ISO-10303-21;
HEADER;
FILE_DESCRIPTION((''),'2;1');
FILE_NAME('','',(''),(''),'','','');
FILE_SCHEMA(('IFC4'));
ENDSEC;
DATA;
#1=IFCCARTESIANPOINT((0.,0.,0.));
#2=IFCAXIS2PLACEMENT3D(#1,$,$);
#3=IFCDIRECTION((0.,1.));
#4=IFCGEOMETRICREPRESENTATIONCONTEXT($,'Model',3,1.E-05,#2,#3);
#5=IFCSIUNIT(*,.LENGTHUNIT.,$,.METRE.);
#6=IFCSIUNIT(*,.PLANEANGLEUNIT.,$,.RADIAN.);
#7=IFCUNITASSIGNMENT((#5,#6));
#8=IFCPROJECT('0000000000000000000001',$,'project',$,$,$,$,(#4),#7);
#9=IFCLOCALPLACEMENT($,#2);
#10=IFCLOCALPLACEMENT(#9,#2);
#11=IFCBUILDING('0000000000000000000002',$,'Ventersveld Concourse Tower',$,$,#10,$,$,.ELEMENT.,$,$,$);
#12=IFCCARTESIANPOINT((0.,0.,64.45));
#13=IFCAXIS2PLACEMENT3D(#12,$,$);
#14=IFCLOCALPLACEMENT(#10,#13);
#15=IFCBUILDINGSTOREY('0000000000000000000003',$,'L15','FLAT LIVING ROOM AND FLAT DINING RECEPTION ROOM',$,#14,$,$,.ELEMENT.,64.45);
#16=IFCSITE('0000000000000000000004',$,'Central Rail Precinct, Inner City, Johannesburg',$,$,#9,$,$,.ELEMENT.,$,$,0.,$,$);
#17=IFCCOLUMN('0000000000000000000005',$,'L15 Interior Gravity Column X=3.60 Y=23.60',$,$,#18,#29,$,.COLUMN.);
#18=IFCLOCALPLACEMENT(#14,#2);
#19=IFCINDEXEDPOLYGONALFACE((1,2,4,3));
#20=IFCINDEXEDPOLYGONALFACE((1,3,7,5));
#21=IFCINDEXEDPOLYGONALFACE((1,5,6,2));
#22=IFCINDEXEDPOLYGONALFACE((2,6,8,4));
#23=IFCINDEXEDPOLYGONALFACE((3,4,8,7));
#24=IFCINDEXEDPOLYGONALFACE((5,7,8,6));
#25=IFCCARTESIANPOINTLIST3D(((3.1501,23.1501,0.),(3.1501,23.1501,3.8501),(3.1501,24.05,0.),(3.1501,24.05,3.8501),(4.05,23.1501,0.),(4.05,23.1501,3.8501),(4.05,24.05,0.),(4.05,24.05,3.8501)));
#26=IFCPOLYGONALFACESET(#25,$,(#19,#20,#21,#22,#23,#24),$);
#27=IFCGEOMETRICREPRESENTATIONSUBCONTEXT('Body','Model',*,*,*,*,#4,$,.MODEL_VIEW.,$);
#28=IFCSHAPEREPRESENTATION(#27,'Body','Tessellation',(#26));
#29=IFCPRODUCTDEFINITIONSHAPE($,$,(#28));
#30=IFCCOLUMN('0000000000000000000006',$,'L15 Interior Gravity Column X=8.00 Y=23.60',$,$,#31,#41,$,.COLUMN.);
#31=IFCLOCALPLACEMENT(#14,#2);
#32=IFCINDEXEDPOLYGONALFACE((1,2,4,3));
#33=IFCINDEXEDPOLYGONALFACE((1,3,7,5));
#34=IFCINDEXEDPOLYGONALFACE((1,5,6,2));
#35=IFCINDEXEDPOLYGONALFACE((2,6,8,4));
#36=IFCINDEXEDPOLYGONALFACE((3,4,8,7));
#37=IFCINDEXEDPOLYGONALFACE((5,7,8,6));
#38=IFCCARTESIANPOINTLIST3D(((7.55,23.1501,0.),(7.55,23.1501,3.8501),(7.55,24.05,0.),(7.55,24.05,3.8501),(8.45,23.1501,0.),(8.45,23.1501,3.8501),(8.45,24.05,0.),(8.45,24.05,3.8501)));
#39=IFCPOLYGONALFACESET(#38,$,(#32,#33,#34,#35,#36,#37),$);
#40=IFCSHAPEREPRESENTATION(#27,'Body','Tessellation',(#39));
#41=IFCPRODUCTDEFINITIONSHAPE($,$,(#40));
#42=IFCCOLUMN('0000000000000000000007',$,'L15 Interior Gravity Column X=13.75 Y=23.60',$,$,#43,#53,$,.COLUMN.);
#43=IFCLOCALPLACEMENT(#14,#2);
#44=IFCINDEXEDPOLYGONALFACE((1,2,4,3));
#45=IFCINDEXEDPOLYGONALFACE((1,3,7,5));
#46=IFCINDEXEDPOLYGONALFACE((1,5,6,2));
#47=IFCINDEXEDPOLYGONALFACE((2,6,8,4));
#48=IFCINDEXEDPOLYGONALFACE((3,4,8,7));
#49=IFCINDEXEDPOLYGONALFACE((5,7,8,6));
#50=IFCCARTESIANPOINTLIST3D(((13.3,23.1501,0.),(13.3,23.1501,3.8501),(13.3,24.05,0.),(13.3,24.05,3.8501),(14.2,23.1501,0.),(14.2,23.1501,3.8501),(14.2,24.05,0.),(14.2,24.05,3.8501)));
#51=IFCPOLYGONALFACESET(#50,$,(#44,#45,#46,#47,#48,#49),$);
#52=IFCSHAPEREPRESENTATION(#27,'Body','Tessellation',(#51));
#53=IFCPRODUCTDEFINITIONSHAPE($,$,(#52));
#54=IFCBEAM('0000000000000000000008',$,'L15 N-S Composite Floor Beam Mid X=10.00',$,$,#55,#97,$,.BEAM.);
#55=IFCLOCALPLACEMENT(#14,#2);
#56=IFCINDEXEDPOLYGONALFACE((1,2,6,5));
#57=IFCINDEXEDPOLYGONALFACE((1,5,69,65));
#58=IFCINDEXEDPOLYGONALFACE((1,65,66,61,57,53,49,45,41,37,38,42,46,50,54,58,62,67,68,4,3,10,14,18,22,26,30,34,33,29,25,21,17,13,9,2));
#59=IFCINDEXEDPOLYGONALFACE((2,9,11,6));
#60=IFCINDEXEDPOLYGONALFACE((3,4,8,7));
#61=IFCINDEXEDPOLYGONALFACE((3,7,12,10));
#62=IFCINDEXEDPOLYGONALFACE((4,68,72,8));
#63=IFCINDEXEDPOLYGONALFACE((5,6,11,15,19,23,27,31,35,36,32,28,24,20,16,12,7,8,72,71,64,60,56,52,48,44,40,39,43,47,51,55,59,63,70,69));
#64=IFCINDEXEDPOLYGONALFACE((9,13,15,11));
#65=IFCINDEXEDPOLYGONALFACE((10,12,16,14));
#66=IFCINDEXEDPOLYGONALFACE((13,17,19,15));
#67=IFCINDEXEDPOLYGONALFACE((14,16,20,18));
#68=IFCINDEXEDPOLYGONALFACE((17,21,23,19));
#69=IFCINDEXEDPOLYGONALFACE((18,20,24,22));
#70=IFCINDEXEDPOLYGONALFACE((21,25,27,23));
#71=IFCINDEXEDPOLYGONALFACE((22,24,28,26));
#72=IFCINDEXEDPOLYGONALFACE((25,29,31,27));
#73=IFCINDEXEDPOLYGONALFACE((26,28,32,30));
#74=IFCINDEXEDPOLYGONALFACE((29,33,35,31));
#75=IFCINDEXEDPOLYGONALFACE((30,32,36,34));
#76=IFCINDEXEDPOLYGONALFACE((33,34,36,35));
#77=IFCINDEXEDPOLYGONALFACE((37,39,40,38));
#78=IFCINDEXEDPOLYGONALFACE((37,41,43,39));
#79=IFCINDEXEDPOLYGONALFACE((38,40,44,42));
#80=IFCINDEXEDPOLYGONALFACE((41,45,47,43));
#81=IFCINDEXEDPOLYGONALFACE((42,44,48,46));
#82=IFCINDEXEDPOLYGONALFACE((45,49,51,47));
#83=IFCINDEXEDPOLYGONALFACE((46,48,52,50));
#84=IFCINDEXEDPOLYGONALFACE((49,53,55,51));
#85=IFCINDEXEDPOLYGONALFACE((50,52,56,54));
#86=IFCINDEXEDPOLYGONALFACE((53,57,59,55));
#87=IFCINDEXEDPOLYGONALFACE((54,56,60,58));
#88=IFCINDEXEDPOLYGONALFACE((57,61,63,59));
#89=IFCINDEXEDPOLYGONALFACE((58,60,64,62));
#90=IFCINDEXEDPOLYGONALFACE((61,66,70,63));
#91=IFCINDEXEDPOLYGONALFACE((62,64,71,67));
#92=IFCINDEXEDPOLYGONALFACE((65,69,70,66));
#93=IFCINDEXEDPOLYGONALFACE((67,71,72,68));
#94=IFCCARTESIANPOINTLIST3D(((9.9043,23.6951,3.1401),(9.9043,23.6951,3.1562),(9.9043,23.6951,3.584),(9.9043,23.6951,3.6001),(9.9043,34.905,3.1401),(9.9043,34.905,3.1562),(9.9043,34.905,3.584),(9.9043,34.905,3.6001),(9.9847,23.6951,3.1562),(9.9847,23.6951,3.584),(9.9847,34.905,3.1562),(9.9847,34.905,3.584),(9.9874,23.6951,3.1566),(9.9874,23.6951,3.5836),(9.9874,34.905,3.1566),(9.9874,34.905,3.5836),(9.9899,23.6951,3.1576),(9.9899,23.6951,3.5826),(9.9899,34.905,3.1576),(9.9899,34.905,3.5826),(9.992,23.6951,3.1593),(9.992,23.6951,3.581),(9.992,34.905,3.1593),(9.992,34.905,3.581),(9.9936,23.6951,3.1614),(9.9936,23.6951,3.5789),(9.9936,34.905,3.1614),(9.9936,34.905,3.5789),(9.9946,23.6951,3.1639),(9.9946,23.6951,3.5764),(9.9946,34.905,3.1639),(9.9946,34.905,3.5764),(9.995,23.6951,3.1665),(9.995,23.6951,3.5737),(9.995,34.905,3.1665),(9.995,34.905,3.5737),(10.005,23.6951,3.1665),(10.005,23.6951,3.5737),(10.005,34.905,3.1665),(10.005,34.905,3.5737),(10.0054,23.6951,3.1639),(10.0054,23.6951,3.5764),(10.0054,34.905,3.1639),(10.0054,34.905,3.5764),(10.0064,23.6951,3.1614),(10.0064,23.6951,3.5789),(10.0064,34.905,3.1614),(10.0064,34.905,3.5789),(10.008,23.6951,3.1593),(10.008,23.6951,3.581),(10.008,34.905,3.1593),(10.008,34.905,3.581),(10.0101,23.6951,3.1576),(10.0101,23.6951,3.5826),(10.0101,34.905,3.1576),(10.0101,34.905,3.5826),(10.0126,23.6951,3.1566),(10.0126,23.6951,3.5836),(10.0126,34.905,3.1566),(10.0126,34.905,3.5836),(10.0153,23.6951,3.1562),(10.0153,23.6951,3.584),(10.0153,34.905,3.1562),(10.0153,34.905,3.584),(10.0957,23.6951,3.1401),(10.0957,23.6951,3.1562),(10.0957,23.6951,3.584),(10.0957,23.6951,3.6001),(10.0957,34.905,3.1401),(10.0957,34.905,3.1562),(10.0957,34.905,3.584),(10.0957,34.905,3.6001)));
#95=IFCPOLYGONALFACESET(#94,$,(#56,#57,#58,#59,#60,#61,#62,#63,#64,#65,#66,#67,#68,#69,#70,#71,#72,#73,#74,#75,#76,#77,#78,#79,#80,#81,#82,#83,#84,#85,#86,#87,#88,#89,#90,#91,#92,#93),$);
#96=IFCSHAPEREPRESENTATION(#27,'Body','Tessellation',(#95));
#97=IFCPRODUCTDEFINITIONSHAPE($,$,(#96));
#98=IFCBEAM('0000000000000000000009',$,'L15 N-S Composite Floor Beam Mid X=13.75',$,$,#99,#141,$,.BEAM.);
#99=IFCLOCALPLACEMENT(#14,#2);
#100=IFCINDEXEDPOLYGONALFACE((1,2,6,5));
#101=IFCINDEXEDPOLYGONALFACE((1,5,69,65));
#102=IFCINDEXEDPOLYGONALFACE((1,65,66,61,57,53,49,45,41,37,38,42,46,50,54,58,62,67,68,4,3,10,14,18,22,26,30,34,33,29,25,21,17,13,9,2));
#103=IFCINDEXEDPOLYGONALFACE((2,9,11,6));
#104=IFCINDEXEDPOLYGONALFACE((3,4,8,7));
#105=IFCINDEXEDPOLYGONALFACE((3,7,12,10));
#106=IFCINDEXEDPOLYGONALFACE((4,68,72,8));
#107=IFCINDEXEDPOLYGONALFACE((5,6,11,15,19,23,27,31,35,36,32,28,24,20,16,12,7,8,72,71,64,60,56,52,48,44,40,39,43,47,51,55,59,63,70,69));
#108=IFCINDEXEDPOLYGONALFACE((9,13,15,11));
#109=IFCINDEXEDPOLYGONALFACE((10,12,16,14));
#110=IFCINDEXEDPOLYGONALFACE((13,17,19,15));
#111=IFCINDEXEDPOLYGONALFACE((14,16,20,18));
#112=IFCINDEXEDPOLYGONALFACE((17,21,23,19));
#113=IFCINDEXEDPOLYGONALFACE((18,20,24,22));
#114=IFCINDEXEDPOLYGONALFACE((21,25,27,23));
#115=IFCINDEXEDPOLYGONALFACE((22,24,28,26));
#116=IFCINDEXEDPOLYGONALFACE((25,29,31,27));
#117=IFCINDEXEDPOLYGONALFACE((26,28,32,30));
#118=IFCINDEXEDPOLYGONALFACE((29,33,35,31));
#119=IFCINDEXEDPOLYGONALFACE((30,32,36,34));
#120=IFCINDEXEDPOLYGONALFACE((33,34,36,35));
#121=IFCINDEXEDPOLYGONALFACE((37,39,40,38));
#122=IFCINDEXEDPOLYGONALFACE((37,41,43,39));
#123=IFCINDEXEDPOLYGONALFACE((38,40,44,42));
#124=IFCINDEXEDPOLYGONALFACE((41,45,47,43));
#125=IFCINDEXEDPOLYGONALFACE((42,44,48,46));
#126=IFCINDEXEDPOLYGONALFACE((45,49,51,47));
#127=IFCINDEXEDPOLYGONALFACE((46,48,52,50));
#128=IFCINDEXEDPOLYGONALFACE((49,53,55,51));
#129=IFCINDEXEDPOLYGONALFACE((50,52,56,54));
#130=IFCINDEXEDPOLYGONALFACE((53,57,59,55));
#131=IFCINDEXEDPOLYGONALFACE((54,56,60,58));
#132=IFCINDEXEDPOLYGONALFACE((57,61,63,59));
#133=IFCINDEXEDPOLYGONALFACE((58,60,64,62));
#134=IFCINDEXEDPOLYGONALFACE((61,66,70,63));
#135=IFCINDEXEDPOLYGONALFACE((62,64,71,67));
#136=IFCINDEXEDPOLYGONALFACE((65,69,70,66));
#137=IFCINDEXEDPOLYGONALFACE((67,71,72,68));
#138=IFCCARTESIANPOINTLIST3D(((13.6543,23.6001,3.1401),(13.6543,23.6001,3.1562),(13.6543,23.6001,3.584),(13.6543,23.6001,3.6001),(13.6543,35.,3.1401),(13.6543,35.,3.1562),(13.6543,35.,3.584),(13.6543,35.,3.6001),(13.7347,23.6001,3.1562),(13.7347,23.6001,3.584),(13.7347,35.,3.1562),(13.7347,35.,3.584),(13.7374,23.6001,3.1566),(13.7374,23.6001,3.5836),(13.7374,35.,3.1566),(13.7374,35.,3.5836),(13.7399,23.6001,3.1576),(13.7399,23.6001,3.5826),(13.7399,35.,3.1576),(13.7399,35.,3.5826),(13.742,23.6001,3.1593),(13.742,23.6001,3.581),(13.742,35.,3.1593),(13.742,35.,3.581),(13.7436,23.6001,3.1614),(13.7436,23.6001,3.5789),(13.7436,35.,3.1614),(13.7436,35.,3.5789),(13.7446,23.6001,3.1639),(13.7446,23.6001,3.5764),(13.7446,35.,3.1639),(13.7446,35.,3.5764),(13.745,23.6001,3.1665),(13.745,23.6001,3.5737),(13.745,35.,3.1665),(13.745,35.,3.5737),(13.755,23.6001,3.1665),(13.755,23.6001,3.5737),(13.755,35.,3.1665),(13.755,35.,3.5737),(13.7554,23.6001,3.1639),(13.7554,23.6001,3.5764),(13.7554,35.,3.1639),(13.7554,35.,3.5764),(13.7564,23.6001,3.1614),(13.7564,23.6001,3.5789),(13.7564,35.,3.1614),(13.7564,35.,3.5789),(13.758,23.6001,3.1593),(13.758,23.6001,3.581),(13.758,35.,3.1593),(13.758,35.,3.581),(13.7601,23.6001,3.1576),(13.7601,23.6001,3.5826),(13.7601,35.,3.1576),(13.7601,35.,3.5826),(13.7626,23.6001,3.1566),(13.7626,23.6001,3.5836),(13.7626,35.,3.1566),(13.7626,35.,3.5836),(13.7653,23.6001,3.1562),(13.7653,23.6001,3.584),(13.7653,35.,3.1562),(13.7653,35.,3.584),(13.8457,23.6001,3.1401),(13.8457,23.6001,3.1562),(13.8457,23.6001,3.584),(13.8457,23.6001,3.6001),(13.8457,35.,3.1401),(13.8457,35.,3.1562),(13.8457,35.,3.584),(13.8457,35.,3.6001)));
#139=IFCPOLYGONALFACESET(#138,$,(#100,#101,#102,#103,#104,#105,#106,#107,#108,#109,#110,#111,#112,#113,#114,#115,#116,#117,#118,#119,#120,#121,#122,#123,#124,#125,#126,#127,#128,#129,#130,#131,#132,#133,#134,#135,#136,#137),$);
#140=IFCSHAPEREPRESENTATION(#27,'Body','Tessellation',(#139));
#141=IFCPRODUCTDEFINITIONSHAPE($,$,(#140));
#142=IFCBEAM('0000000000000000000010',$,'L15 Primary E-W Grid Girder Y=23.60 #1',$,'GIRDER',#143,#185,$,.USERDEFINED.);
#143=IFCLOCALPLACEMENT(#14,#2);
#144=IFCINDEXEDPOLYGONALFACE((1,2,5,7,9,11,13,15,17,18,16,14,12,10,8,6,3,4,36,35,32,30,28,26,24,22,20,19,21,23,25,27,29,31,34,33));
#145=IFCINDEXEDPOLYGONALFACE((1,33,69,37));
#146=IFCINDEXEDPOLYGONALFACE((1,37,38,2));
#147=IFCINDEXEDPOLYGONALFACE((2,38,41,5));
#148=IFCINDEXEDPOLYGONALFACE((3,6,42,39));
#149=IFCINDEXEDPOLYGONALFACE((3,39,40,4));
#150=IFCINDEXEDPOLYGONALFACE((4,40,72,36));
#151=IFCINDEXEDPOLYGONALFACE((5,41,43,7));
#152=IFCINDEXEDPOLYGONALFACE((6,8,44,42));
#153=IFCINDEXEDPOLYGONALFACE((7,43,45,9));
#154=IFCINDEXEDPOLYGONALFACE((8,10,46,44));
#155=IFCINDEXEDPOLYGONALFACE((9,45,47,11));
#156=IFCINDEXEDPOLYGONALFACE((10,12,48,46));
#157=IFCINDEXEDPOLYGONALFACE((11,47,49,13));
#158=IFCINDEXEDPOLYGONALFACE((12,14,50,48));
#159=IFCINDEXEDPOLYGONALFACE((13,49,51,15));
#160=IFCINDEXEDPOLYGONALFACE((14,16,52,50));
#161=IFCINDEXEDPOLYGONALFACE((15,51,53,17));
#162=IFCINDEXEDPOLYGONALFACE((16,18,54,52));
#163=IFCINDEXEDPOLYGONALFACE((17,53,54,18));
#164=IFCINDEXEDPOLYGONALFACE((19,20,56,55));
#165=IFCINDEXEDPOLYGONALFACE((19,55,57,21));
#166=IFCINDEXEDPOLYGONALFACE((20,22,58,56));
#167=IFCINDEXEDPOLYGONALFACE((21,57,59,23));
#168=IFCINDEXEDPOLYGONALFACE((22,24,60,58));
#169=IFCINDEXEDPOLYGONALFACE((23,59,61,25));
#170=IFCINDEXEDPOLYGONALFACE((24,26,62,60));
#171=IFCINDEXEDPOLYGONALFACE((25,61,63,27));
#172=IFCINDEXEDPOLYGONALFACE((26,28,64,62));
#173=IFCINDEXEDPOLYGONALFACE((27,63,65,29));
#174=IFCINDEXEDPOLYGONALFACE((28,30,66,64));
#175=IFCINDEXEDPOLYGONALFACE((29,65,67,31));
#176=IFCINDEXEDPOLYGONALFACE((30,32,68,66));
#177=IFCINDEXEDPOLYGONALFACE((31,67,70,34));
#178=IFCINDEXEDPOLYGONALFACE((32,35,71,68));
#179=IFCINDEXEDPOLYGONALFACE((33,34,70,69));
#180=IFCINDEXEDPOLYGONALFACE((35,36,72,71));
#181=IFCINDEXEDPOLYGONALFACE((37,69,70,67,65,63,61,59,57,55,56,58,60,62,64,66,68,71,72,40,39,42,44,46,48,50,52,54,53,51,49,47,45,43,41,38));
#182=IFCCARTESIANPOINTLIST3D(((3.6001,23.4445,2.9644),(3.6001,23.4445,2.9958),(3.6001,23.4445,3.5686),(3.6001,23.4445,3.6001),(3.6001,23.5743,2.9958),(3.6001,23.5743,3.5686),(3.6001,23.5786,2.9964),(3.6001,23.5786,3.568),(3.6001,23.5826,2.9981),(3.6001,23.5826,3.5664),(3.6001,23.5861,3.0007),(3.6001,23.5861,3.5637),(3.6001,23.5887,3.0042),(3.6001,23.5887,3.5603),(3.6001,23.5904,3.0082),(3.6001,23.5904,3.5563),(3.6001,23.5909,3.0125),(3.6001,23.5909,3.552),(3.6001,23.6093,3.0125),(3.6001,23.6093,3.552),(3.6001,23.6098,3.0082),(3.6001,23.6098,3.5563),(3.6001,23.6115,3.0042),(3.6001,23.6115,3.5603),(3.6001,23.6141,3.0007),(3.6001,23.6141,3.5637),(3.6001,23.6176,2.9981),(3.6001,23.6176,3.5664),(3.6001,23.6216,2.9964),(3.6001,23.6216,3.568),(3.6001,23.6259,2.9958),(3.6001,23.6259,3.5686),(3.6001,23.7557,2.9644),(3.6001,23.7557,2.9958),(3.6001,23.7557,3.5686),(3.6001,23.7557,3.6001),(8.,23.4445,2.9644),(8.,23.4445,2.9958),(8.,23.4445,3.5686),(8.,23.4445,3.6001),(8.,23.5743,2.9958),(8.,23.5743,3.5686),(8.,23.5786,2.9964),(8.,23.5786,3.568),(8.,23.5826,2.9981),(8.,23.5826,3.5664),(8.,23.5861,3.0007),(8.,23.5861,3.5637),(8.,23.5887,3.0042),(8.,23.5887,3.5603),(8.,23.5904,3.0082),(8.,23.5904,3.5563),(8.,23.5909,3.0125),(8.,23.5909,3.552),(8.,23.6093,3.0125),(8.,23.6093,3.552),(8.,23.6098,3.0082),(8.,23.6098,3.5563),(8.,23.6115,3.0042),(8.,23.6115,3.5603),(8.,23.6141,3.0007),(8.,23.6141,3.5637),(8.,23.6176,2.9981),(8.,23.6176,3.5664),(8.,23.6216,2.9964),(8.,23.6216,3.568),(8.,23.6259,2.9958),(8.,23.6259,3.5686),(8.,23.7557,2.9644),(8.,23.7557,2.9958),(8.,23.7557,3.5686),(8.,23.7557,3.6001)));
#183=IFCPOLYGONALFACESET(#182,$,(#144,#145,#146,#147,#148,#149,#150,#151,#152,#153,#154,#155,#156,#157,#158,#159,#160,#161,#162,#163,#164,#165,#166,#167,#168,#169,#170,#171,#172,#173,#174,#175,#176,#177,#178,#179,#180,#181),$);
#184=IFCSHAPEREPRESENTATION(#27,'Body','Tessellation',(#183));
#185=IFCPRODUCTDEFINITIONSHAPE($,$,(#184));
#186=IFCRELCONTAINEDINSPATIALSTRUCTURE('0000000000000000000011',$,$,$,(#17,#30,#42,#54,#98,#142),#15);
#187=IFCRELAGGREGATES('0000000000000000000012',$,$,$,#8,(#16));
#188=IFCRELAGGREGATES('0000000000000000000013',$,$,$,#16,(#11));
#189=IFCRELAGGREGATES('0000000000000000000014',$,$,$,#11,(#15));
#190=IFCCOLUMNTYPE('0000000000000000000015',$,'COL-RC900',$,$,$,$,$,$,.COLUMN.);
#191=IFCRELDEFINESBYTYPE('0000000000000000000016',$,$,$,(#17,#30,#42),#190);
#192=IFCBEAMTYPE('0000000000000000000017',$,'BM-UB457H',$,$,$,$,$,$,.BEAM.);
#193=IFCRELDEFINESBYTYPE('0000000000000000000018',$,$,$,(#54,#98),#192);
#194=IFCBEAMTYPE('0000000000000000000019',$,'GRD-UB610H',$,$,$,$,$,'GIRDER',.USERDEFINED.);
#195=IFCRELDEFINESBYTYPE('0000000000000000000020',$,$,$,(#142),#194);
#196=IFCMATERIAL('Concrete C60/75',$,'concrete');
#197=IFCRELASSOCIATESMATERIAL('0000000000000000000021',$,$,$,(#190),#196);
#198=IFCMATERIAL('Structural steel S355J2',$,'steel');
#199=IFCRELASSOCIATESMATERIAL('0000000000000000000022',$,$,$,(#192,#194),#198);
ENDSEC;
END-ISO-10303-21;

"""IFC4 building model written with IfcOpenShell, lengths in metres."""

from ifc_helpers import new_model, si_unit, direction, frame, origin, origin_2d, place, context, subcontext, project, spatial, rectangle, i_section, extrude, material, material_profile, profile_set, type_object, element, save


model = new_model("IFC4")

# Units and contexts
model_context = context("Model", 3, precision=1e-05, world=origin(), true_north=direction((0.0, 1.0)))
body_context = subcontext(model_context, "Body", "Model", "MODEL_VIEW")
ifc_project = project(units=[si_unit("LENGTHUNIT", "METRE"), si_unit("PLANEANGLEUNIT", "RADIAN")], contexts=[model_context])

# Site, building, storey
site_placement = place(None, origin())
site = spatial("IfcSite", under=ifc_project, at=site_placement, Name="Central Rail Precinct, Inner City, Johannesburg", CompositionType="ELEMENT", RefElevation=0.0)
building_placement = place(site_placement, origin())
building = spatial("IfcBuilding", under=site, at=building_placement, Name="Ventersveld Concourse Tower", CompositionType="ELEMENT")
storey_placement = place(building_placement, frame((0.0, 0.0, 64.45)))
storey = spatial("IfcBuildingStorey", under=building, at=storey_placement, Name="L15", Description="FLAT LIVING ROOM AND FLAT DINING RECEPTION ROOM", CompositionType="ELEMENT", Elevation=64.45)

# Columns
ifc_material_1 = material(Name="Concrete C60/75", Category="concrete")
ifc_material_profile_1 = material_profile(ifc_material_1, rectangle(XDim=0.8999, YDim=0.8999, at=origin_2d()), Name="RC 900x900")
ifc_profile_set_1 = profile_set([ifc_material_profile_1], Name="Concrete C60/75")
column_type = type_object("IfcColumnType", Name="COL-RC900", PredefinedType="COLUMN", material=ifc_profile_set_1)
for number, where, z_axis, x_axis, name in (
    (1, (3.6001, 23.6001, 0.0), (0.0, 0.0, 1.0), (1.0, 0.0, 0.0), "L15 Interior Gravity Column X=3.60 Y=23.60"),
    (2, (8.0, 23.6001, 0.0), (0.0, 0.0, 1.0), (1.0, 0.0, 0.0), "L15 Interior Gravity Column X=8.00 Y=23.60"),
    (3, (13.75, 23.6001, 0.0), (0.0, 0.0, 1.0), (1.0, 0.0, 0.0), "L15 Interior Gravity Column X=13.75 Y=23.60"),
):
    element("IfcColumn", number, at=place(storey_placement, frame(where, z_axis=z_axis, x_axis=x_axis)), inside=storey, type_object=column_type, Name=name, PredefinedType="COLUMN", context=body_context, shape_type="SweptSolid", body=[
        extrude(rectangle(XDim=0.8999, YDim=0.8999, at=origin_2d()), origin(), (0.0, 0.0, 1.0), 3.8501),
    ])

# Beams
ifc_material_2 = material(Name="Structural steel S355J2", Category="steel")
ifc_material_profile_2 = material_profile(ifc_material_2, i_section(OverallWidth=0.1914, OverallDepth=0.46, WebThickness=0.01, FlangeThickness=0.0161, FilletRadius=0.0103, at=origin_2d()), Name="UB 457x191x82")
ifc_profile_set_2 = profile_set([ifc_material_profile_2], Name="Structural steel S355J2")
beam_type_1 = type_object("IfcBeamType", Name="BM-UB457H", PredefinedType="BEAM", material=ifc_profile_set_2)
beam_1_placement = place(storey_placement, frame((10.0, 23.6951, 3.3701), z_axis=(0.0, 1.0, 0.0), x_axis=(-1.0, 0.0, 0.0)))
element("IfcBeam", 4, at=beam_1_placement, inside=storey, type_object=beam_type_1, Name="L15 N-S Composite Floor Beam Mid X=10.00", PredefinedType="BEAM", context=body_context, shape_type="SweptSolid", body=[
    extrude(i_section(OverallWidth=0.1914, OverallDepth=0.46, WebThickness=0.01, FlangeThickness=0.0161, FilletRadius=0.0103, at=origin_2d()), origin(), (0.0, 0.0, 1.0), 11.21),
])
beam_2_placement = place(storey_placement, frame((13.75, 23.6001, 3.3701), z_axis=(0.0, 1.0, 0.0), x_axis=(-1.0, 0.0, 0.0)))
element("IfcBeam", 5, at=beam_2_placement, inside=storey, type_object=beam_type_1, Name="L15 N-S Composite Floor Beam Mid X=13.75", PredefinedType="BEAM", context=body_context, shape_type="SweptSolid", body=[
    extrude(i_section(OverallWidth=0.1914, OverallDepth=0.46, WebThickness=0.01, FlangeThickness=0.0161, FilletRadius=0.0103, at=origin_2d()), origin(), (0.0, 0.0, 1.0), 11.3999),
])
ifc_material_profile_3 = material_profile(ifc_material_2, i_section(OverallWidth=0.3113, OverallDepth=0.6357, WebThickness=0.0183, FlangeThickness=0.0315, FilletRadius=0.0166, at=origin_2d()), Name="UB 610x305x238")
ifc_profile_set_3 = profile_set([ifc_material_profile_3], Name="Structural steel S355J2")
beam_type_2 = type_object("IfcBeamType", Name="GRD-UB610H", ElementType="GIRDER", PredefinedType="USERDEFINED", material=ifc_profile_set_3)
beam_3_placement = place(storey_placement, frame((3.6001, 23.6001, 3.2822), z_axis=(1.0, 0.0, 0.0), x_axis=(0.0, 1.0, 0.0)))
element("IfcBeam", 6, at=beam_3_placement, inside=storey, type_object=beam_type_2, Name="L15 Primary E-W Grid Girder Y=23.60 #1", ObjectType="GIRDER", PredefinedType="USERDEFINED", context=body_context, shape_type="SweptSolid", body=[
    extrude(i_section(OverallWidth=0.3113, OverallDepth=0.6357, WebThickness=0.0183, FlangeThickness=0.0315, FilletRadius=0.0166, at=origin_2d()), origin(), (0.0, 0.0, 1.0), 4.3999),
])

save(model, "model.ifc")
